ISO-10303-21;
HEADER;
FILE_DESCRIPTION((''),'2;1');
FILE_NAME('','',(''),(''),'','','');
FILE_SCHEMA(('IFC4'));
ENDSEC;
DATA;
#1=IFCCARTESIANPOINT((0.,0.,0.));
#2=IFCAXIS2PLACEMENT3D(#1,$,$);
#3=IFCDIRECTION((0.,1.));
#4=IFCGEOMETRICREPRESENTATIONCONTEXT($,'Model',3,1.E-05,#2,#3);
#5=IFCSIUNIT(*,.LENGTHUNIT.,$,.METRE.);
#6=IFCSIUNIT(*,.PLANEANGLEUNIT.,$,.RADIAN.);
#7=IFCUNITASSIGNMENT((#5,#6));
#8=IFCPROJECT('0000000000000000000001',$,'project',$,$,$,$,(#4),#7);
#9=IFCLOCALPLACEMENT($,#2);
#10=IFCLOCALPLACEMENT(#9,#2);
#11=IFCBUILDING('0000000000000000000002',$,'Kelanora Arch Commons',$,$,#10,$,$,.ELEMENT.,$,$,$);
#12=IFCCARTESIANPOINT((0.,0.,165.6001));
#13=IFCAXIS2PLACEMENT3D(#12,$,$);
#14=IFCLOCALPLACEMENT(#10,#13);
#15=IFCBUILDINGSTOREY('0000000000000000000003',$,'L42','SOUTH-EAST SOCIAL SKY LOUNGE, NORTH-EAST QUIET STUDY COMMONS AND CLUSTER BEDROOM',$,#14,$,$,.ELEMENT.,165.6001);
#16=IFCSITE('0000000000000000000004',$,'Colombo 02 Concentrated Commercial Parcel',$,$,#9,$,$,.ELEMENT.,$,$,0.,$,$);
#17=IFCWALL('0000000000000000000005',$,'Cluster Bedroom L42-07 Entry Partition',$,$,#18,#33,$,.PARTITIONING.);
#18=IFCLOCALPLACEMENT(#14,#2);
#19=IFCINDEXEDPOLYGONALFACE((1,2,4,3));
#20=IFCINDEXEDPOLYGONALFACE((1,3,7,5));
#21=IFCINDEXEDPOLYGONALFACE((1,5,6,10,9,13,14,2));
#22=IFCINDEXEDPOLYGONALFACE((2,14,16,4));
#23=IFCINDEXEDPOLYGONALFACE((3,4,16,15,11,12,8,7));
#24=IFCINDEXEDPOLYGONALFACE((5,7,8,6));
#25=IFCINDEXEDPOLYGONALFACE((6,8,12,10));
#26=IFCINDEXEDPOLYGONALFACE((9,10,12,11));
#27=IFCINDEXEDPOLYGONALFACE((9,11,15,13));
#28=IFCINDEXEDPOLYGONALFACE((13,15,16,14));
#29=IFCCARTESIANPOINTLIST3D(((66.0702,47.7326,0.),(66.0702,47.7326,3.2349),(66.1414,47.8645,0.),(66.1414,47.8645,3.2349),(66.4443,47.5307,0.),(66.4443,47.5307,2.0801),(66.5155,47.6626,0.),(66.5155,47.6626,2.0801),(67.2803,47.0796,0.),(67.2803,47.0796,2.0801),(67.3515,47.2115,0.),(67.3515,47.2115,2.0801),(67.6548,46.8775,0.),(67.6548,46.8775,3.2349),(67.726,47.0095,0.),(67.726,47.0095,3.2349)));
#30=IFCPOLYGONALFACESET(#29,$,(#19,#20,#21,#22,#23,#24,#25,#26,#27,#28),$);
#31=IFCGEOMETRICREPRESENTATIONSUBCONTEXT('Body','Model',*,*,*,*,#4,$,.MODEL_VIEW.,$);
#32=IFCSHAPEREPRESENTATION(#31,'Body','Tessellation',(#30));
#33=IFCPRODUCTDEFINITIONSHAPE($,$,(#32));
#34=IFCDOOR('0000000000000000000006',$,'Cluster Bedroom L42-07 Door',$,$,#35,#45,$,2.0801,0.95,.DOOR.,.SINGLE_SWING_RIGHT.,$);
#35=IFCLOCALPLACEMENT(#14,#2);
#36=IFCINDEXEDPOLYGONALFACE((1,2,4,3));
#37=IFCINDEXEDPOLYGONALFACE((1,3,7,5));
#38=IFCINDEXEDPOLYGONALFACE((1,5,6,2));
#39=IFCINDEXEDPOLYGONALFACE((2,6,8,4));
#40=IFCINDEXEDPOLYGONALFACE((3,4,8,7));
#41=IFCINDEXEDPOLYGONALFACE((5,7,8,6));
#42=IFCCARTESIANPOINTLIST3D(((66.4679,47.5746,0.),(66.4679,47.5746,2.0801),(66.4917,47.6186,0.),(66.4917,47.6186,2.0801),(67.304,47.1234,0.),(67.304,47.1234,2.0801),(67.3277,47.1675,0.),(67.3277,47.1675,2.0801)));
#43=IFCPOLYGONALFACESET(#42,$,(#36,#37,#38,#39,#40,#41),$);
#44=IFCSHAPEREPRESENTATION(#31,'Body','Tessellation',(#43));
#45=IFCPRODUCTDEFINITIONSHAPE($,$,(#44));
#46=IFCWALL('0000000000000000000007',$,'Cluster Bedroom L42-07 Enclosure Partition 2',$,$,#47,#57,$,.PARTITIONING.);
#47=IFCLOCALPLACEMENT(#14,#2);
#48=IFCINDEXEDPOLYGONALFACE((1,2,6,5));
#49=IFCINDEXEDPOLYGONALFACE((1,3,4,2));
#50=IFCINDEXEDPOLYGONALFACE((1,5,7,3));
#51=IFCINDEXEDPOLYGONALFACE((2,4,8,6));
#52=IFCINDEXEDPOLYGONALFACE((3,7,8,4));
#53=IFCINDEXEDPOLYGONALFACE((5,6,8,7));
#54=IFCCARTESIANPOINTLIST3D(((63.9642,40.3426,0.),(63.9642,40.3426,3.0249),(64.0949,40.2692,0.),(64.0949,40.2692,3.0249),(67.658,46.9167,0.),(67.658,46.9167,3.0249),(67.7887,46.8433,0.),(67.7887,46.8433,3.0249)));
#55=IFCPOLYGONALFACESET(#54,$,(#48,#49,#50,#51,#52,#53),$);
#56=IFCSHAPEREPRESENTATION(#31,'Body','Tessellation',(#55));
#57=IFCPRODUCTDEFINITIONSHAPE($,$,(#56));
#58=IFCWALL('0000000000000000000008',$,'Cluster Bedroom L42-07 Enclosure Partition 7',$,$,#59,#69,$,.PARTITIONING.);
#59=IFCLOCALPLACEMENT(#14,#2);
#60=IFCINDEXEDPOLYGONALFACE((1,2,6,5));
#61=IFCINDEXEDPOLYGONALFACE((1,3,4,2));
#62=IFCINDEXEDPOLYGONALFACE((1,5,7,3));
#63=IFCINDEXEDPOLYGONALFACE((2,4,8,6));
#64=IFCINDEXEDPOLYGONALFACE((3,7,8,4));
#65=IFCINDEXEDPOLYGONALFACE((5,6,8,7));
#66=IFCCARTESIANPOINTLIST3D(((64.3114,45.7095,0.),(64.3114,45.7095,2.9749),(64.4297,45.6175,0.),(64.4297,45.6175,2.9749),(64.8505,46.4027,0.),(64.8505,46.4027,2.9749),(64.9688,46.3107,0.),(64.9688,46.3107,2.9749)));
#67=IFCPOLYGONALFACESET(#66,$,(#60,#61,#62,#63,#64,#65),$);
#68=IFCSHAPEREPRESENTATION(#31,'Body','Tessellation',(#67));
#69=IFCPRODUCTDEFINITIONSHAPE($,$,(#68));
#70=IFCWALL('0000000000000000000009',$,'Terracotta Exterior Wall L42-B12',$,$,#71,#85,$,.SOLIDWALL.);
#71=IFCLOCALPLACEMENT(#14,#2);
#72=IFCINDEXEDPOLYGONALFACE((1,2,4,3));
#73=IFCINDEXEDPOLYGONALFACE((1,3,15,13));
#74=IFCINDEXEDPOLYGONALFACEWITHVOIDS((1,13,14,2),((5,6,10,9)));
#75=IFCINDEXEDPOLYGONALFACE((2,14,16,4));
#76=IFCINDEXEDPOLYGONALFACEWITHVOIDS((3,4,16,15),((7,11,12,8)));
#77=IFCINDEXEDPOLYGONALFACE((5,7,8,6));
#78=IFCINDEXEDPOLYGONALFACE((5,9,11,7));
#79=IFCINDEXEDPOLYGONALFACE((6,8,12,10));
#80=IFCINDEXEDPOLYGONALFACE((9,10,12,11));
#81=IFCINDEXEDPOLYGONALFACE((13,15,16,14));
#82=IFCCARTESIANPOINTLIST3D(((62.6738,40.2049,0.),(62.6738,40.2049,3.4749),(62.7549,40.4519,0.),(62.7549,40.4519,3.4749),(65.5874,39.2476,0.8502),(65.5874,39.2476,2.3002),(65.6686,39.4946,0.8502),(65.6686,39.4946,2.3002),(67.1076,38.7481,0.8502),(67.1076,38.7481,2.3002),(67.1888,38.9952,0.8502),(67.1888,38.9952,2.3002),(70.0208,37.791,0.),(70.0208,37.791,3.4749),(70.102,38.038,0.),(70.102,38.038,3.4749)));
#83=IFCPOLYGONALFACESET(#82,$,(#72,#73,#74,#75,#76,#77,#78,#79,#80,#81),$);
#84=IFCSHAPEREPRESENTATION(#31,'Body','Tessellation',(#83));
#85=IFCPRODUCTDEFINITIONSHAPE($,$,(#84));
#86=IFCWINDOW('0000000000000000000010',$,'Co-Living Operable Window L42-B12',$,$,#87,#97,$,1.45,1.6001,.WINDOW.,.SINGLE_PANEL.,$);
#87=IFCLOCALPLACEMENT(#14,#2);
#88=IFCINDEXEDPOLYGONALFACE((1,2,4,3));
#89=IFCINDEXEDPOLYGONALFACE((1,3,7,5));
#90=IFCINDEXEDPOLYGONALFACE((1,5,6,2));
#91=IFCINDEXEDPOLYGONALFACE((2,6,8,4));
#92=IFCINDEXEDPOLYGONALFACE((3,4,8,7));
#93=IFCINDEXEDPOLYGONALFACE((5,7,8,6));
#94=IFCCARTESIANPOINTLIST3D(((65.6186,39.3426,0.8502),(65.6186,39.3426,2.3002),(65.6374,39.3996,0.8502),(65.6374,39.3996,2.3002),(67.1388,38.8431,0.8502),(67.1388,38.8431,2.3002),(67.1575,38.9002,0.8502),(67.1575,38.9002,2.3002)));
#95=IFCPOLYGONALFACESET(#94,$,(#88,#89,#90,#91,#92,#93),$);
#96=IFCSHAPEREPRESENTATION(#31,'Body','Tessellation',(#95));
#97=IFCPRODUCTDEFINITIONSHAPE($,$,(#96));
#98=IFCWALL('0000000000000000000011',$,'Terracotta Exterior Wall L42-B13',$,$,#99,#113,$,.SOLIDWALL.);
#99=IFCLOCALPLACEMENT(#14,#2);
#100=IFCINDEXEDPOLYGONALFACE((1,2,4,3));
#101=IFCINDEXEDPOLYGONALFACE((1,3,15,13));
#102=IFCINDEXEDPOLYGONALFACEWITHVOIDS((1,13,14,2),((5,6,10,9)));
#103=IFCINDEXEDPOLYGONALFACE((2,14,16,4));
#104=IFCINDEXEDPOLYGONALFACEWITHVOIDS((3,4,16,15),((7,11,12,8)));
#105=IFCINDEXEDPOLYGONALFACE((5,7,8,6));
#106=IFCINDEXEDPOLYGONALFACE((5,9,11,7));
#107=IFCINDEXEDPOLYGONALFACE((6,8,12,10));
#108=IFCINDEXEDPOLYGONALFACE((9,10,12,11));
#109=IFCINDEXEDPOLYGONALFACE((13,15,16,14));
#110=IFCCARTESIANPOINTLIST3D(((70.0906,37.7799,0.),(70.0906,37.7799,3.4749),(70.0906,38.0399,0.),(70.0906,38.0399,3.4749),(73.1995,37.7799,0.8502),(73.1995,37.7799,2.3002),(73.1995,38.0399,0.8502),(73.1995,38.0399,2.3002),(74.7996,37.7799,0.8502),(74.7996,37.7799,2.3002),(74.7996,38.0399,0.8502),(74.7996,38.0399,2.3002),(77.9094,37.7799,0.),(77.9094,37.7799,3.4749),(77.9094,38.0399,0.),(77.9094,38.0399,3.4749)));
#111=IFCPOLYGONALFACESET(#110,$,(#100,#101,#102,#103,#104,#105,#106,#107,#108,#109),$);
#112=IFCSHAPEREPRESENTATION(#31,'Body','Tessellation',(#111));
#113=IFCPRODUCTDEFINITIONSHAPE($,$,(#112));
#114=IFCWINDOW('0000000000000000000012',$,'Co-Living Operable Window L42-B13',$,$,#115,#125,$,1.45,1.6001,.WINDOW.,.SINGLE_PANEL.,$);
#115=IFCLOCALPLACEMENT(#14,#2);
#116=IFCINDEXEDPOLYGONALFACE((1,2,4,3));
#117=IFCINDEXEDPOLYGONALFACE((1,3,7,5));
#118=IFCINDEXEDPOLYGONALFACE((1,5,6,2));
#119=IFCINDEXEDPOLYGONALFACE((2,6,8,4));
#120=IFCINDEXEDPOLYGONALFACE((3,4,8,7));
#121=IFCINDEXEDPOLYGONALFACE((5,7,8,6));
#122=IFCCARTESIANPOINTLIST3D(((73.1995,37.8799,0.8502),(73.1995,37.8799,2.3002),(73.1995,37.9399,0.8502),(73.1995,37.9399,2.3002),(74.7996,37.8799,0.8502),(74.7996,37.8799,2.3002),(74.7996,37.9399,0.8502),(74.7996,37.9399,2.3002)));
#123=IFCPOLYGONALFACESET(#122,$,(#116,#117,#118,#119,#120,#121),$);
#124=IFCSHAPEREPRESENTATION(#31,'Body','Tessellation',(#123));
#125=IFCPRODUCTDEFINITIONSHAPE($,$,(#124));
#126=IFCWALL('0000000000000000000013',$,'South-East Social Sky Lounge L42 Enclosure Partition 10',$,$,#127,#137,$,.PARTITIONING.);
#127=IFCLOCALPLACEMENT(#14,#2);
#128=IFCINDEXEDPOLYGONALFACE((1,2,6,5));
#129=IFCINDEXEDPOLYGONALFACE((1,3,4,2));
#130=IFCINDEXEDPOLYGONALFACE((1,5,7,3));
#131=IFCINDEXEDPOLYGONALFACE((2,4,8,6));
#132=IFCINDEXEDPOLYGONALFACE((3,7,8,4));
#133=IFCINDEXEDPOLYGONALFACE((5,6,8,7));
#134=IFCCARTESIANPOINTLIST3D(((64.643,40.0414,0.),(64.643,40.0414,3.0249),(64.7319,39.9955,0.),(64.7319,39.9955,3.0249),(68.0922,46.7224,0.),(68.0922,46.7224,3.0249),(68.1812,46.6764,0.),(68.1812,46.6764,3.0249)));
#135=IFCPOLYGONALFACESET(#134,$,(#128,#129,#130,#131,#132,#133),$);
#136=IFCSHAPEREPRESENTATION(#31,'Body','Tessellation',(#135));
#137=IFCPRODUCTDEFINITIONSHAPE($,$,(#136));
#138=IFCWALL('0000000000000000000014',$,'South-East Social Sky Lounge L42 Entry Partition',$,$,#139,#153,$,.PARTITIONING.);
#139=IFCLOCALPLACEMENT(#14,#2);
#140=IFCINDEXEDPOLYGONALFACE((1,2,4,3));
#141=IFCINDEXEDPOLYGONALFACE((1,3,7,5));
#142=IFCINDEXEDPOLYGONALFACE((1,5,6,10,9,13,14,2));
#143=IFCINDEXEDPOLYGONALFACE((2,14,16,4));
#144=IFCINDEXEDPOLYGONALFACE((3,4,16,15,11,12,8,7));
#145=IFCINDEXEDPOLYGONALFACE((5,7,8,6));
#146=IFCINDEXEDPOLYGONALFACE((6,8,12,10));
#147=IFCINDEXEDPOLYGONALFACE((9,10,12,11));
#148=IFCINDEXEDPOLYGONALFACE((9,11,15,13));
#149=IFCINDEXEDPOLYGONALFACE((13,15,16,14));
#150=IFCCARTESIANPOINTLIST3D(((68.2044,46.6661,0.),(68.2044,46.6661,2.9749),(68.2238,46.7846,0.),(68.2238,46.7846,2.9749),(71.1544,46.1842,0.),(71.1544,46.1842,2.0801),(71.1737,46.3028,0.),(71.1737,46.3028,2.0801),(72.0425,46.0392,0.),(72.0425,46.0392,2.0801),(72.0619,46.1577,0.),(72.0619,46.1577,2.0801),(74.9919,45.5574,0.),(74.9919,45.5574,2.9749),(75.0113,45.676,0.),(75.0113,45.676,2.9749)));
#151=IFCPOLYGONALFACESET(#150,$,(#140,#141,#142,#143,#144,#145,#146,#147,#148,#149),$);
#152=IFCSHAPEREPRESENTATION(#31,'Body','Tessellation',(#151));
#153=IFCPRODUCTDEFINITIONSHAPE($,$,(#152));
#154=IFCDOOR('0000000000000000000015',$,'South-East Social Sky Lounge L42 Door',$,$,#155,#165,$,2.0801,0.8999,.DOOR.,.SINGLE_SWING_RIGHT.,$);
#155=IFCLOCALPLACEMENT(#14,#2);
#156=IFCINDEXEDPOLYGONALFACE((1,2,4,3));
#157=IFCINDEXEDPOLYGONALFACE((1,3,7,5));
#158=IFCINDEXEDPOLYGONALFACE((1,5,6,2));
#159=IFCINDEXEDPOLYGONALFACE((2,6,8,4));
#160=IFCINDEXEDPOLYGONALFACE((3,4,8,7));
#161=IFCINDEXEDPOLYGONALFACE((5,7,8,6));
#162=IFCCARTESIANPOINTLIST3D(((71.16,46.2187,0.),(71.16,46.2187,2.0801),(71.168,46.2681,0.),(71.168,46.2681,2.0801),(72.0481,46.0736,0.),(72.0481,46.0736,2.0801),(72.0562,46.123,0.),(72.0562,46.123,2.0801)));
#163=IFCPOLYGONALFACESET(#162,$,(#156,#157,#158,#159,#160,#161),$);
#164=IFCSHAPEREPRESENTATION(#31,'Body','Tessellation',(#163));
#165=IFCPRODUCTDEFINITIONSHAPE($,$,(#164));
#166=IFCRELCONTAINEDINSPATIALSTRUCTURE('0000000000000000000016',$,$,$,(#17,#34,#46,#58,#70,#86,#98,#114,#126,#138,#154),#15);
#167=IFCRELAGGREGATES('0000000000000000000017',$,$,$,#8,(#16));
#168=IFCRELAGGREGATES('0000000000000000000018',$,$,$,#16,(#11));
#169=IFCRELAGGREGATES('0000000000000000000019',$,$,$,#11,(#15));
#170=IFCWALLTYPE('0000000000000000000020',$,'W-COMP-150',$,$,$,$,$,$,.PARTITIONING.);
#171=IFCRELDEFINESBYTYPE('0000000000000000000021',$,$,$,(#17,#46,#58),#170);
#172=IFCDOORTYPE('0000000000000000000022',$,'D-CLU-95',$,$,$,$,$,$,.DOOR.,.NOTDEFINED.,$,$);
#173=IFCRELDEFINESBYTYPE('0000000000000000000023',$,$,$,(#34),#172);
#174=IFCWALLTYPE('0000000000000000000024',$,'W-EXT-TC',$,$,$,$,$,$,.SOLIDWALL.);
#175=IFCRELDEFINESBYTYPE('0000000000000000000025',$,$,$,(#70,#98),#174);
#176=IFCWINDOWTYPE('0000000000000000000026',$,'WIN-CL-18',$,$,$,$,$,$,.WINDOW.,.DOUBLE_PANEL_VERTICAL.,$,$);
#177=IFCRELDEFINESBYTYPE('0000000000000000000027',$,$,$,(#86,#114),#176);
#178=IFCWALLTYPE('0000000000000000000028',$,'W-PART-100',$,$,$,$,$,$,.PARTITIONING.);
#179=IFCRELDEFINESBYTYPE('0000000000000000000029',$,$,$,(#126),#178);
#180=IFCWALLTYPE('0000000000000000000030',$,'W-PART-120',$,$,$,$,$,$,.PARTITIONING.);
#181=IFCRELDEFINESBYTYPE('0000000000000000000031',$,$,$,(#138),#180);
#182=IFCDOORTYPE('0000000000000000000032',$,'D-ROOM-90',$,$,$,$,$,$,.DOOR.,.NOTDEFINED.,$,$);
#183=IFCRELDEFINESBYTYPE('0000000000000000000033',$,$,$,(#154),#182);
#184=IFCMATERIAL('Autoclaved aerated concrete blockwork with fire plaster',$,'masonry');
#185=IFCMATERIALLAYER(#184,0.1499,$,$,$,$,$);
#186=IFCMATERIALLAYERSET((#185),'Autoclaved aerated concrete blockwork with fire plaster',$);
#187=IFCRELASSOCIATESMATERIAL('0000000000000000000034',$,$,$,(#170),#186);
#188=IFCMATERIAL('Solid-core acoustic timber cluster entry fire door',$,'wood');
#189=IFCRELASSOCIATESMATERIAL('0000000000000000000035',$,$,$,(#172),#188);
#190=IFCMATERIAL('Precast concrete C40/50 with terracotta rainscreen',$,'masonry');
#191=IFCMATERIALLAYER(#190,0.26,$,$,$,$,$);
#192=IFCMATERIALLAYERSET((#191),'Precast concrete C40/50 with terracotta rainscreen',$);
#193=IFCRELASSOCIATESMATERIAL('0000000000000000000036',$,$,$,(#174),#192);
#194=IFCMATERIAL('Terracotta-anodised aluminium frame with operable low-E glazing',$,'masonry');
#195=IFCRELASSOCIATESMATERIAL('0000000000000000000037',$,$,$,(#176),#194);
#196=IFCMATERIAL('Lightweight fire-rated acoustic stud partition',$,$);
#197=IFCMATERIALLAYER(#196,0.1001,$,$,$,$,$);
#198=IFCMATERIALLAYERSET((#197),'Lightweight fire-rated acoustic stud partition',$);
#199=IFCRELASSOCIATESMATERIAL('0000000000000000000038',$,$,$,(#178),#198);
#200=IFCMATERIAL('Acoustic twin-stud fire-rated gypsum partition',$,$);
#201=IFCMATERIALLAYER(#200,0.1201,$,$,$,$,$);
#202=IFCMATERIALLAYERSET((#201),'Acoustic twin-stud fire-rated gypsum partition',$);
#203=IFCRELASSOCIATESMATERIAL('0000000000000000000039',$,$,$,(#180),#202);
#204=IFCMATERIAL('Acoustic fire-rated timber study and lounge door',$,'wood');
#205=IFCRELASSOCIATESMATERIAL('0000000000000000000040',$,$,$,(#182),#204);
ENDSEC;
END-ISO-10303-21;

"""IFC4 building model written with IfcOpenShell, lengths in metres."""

from ifc_helpers import new_model, si_unit, direction, frame, frame_2d, origin, place, context, subcontext, project, spatial, rectangle, extrude, material, layer, layer_set, type_object, element, fill, save


model = new_model("IFC4")

# Units and contexts
model_context = context("Model", 3, precision=1e-05, world=origin(), true_north=direction((0.0, 1.0)))
body_context = subcontext(model_context, "Body", "Model", "MODEL_VIEW")
ifc_project = project(units=[si_unit("LENGTHUNIT", "METRE"), si_unit("PLANEANGLEUNIT", "RADIAN")], contexts=[model_context])

# Site, building, storey
site_placement = place(None, origin())
site = spatial("IfcSite", under=ifc_project, at=site_placement, Name="Colombo 02 Concentrated Commercial Parcel", CompositionType="ELEMENT", RefElevation=0.0)
building_placement = place(site_placement, origin())
building = spatial("IfcBuilding", under=site, at=building_placement, Name="Kelanora Arch Commons", CompositionType="ELEMENT")
storey_placement = place(building_placement, frame((0.0, 0.0, 165.6001)))
storey = spatial("IfcBuildingStorey", under=building, at=storey_placement, Name="L42", Description="SOUTH-EAST SOCIAL SKY LOUNGE, NORTH-EAST QUIET STUDY COMMONS AND CLUSTER BEDROOM", CompositionType="ELEMENT", Elevation=165.6001)

# Wall, opening, door
ifc_material_1 = material(Name="Autoclaved aerated concrete blockwork with fire plaster", Category="masonry")
ifc_layer_1 = layer(ifc_material_1, 0.1499)
ifc_layer_set_1 = layer_set([ifc_layer_1], Name="Autoclaved aerated concrete blockwork with fire plaster")
wall_type_1 = type_object("IfcWallType", Name="W-COMP-150", PredefinedType="PARTITIONING", material=ifc_layer_set_1)
wall_1_placement = place(storey_placement, frame((66.1057, 47.7986, 0.0), z_axis=(0.0, 0.0, 1.0), x_axis=(0.880053, -0.474876, 0.0)))
wall_1 = element("IfcWall", 1, at=wall_1_placement, inside=storey, type_object=wall_type_1, Name="Cluster Bedroom L42-07 Entry Partition", PredefinedType="PARTITIONING", context=body_context, shape_type="SweptSolid", body=[
    extrude(rectangle(XDim=1.8005, YDim=0.1499, at=frame_2d((0.9004, 0.0))), origin(), (0.0, 0.0, 1.0), 3.2349),
])
opening_1_placement = place(wall_1_placement, frame((0.425, 0.0, 0.0)))
opening_1 = element("IfcOpeningElement", 2, at=opening_1_placement, cuts=wall_1, PredefinedType="OPENING", context=body_context, shape_type="SweptSolid", body=[
    extrude(rectangle(XDim=0.95, YDim=2.0801, at=frame_2d((0.4751, 1.04))), frame((0.0, 0.085, 0.0), z_axis=(0.0, -1.0, 0.0), x_axis=(1.0, 0.0, 0.0)), (0.0, 0.0, 1.0), 0.1699),
])
ifc_material_2 = material(Name="Solid-core acoustic timber cluster entry fire door", Category="wood")
door_type_1 = type_object("IfcDoorType", Name="D-CLU-95", OperationType="NOTDEFINED", PredefinedType="DOOR", material=ifc_material_2)
door_1_placement = place(opening_1_placement, origin())
door_1 = element("IfcDoor", 3, at=door_1_placement, inside=storey, type_object=door_type_1, Name="Cluster Bedroom L42-07 Door", OperationType="SINGLE_SWING_RIGHT", OverallHeight=2.0801, OverallWidth=0.95, PredefinedType="DOOR", context=body_context, shape_type="SweptSolid", body=[
    extrude(rectangle(XDim=0.95, YDim=2.0801, at=frame_2d((0.4751, 1.04))), frame((0.0, 0.0249, 0.0), z_axis=(0.0, -1.0, 0.0), x_axis=(1.0, 0.0, 0.0)), (0.0, 0.0, 1.0), 0.05),
])
fill(opening_1, door_1)

# Walls
wall_2_placement = place(storey_placement, frame((67.7234, 46.8801, 0.0), z_axis=(0.0, 0.0, 1.0), x_axis=(-0.489843, -0.871811, 0.0)))
element("IfcWall", 4, at=wall_2_placement, inside=storey, type_object=wall_type_1, Name="Cluster Bedroom L42-07 Enclosure Partition 2", PredefinedType="PARTITIONING", context=body_context, shape_type="SweptSolid", body=[
    extrude(rectangle(XDim=7.5408, YDim=0.1499, at=frame_2d((3.7705, 0.0))), origin(), (0.0, 0.0, 1.0), 3.0249),
])
wall_3_placement = place(storey_placement, frame((64.3706, 45.6636, 0.0), z_axis=(0.0, 0.0, 1.0), x_axis=(0.613921, 0.789367, 0.0)))
element("IfcWall", 5, at=wall_3_placement, inside=storey, type_object=wall_type_1, Name="Cluster Bedroom L42-07 Enclosure Partition 7", PredefinedType="PARTITIONING", context=body_context, shape_type="SweptSolid", body=[
    extrude(rectangle(XDim=0.8782, YDim=0.1499, at=frame_2d((0.439, 0.0))), origin(), (0.0, 0.0, 1.0), 2.9749),
])

# Walls, openings, windows
ifc_material_3 = material(Name="Precast concrete C40/50 with terracotta rainscreen", Category="masonry")
ifc_layer_2 = layer(ifc_material_3, 0.26)
ifc_layer_set_2 = layer_set([ifc_layer_2], Name="Precast concrete C40/50 with terracotta rainscreen")
wall_type_2 = type_object("IfcWallType", Name="W-EXT-TC", PredefinedType="SOLIDWALL", material=ifc_layer_set_2)
wall_4_placement = place(storey_placement, frame((62.7144, 40.3284, 0.0), z_axis=(0.0, 0.0, 1.0), x_axis=(0.950038, -0.312133, 0.0)))
wall_4 = element("IfcWall", 6, at=wall_4_placement, inside=storey, type_object=wall_type_2, Name="Terracotta Exterior Wall L42-B12", PredefinedType="SOLIDWALL", context=body_context, shape_type="SweptSolid", body=[
    extrude(rectangle(XDim=7.7334, YDim=0.26, at=frame_2d((3.8667, 0.0))), origin(), (0.0, 0.0, 1.0), 3.4749),
])
opening_2_placement = place(wall_4_placement, frame((3.0669, 0.0, 0.8501)))
opening_2 = element("IfcOpeningElement", 7, at=opening_2_placement, cuts=wall_4, PredefinedType="OPENING", context=body_context, shape_type="SweptSolid", body=[
    extrude(rectangle(XDim=1.6001, YDim=1.45, at=frame_2d((0.8, 0.7251))), frame((0.0, 0.1401, 0.0), z_axis=(0.0, -1.0, 0.0), x_axis=(1.0, 0.0, 0.0)), (0.0, 0.0, 1.0), 0.28),
])
ifc_material_4 = material(Name="Terracotta-anodised aluminium frame with operable low-E glazing", Category="masonry")
window_type = type_object("IfcWindowType", Name="WIN-CL-18", PartitioningType="DOUBLE_PANEL_VERTICAL", PredefinedType="WINDOW", material=ifc_material_4)
window_1_placement = place(opening_2_placement, origin())
window_1 = element("IfcWindow", 8, at=window_1_placement, inside=storey, type_object=window_type, Name="Co-Living Operable Window L42-B12", OverallHeight=1.45, OverallWidth=1.6001, PartitioningType="SINGLE_PANEL", PredefinedType="WINDOW", context=body_context, shape_type="SweptSolid", body=[
    extrude(rectangle(XDim=1.6001, YDim=1.45, at=frame_2d((0.8, 0.7251))), frame((0.0, 0.03, 0.0), z_axis=(0.0, -1.0, 0.0), x_axis=(1.0, 0.0, 0.0)), (0.0, 0.0, 1.0), 0.0601),
])
fill(opening_2, window_1)
wall_5_placement = place(storey_placement, frame((70.0906, 37.9099, 0.0), z_axis=(0.0, 0.0, 1.0), x_axis=(1.0, 0.0, 0.0)))
wall_5 = element("IfcWall", 9, at=wall_5_placement, inside=storey, type_object=wall_type_2, Name="Terracotta Exterior Wall L42-B13", PredefinedType="SOLIDWALL", context=body_context, shape_type="SweptSolid", body=[
    extrude(rectangle(XDim=7.8188, YDim=0.26, at=frame_2d((3.9094, 0.0))), origin(), (0.0, 0.0, 1.0), 3.4749),
])
opening_3_placement = place(wall_5_placement, frame((3.1089, 0.0, 0.8501)))
opening_3 = element("IfcOpeningElement", 10, at=opening_3_placement, cuts=wall_5, PredefinedType="OPENING", context=body_context, shape_type="SweptSolid", body=[
    extrude(rectangle(XDim=1.6001, YDim=1.45, at=frame_2d((0.8, 0.7251))), frame((0.0, 0.1401, 0.0), z_axis=(0.0, -1.0, 0.0), x_axis=(1.0, 0.0, 0.0)), (0.0, 0.0, 1.0), 0.28),
])
window_2_placement = place(opening_3_placement, origin())
window_2 = element("IfcWindow", 11, at=window_2_placement, inside=storey, type_object=window_type, Name="Co-Living Operable Window L42-B13", OverallHeight=1.45, OverallWidth=1.6001, PartitioningType="SINGLE_PANEL", PredefinedType="WINDOW", context=body_context, shape_type="SweptSolid", body=[
    extrude(rectangle(XDim=1.6001, YDim=1.45, at=frame_2d((0.8, 0.7251))), frame((0.0, 0.03, 0.0), z_axis=(0.0, -1.0, 0.0), x_axis=(1.0, 0.0, 0.0)), (0.0, 0.0, 1.0), 0.0601),
])
fill(opening_3, window_2)

# Wall
ifc_material_5 = material(Name="Lightweight fire-rated acoustic stud partition")
ifc_layer_3 = layer(ifc_material_5, 0.1001)
ifc_layer_set_3 = layer_set([ifc_layer_3], Name="Lightweight fire-rated acoustic stud partition")
wall_type_3 = type_object("IfcWallType", Name="W-PART-100", PredefinedType="PARTITIONING", material=ifc_layer_set_3)
wall_6_placement = place(storey_placement, frame((64.6875, 40.0186, 0.0), z_axis=(0.0, 0.0, 1.0), x_axis=(0.458749, 0.888566, 0.0)))
element("IfcWall", 12, at=wall_6_placement, inside=storey, type_object=wall_type_3, Name="South-East Social Sky Lounge L42 Enclosure Partition 10", PredefinedType="PARTITIONING", context=body_context, shape_type="SweptSolid", body=[
    extrude(rectangle(XDim=7.5188, YDim=0.1001, at=frame_2d((3.7593, 0.0))), origin(), (0.0, 0.0, 1.0), 3.0249),
])

# Wall, opening, door
ifc_material_6 = material(Name="Acoustic twin-stud fire-rated gypsum partition")
ifc_layer_4 = layer(ifc_material_6, 0.1201)
ifc_layer_set_4 = layer_set([ifc_layer_4], Name="Acoustic twin-stud fire-rated gypsum partition")
wall_type_4 = type_object("IfcWallType", Name="W-PART-120", PredefinedType="PARTITIONING", material=ifc_layer_set_4)
wall_7_placement = place(storey_placement, frame((68.2141, 46.7253, 0.0), z_axis=(0.0, 0.0, 1.0), x_axis=(0.986922, -0.161198, 0.0)))
wall_7 = element("IfcWall", 13, at=wall_7_placement, inside=storey, type_object=wall_type_4, Name="South-East Social Sky Lounge L42 Entry Partition", PredefinedType="PARTITIONING", context=body_context, shape_type="SweptSolid", body=[
    extrude(rectangle(XDim=6.8774, YDim=0.1201, at=frame_2d((3.4387, 0.0))), origin(), (0.0, 0.0, 1.0), 2.9749),
])
opening_4_placement = place(wall_7_placement, frame((2.989, 0.0, 0.0)))
opening_4 = element("IfcOpeningElement", 14, at=opening_4_placement, cuts=wall_7, PredefinedType="OPENING", context=body_context, shape_type="SweptSolid", body=[
    extrude(rectangle(XDim=0.8999, YDim=2.0801, at=frame_2d((0.45, 1.04))), frame((0.0, 0.0701, 0.0), z_axis=(0.0, -1.0, 0.0), x_axis=(1.0, 0.0, 0.0)), (0.0, 0.0, 1.0), 0.1401),
])
ifc_material_7 = material(Name="Acoustic fire-rated timber study and lounge door", Category="wood")
door_type_2 = type_object("IfcDoorType", Name="D-ROOM-90", OperationType="NOTDEFINED", PredefinedType="DOOR", material=ifc_material_7)
door_2_placement = place(opening_4_placement, origin())
door_2 = element("IfcDoor", 15, at=door_2_placement, inside=storey, type_object=door_type_2, Name="South-East Social Sky Lounge L42 Door", OperationType="SINGLE_SWING_RIGHT", OverallHeight=2.0801, OverallWidth=0.8999, PredefinedType="DOOR", context=body_context, shape_type="SweptSolid", body=[
    extrude(rectangle(XDim=0.8999, YDim=2.0801, at=frame_2d((0.45, 1.04))), frame((0.0, 0.0249, 0.0), z_axis=(0.0, -1.0, 0.0), x_axis=(1.0, 0.0, 0.0)), (0.0, 0.0, 1.0), 0.05),
])
fill(opening_4, door_2)

save(model, "model.ifc")
